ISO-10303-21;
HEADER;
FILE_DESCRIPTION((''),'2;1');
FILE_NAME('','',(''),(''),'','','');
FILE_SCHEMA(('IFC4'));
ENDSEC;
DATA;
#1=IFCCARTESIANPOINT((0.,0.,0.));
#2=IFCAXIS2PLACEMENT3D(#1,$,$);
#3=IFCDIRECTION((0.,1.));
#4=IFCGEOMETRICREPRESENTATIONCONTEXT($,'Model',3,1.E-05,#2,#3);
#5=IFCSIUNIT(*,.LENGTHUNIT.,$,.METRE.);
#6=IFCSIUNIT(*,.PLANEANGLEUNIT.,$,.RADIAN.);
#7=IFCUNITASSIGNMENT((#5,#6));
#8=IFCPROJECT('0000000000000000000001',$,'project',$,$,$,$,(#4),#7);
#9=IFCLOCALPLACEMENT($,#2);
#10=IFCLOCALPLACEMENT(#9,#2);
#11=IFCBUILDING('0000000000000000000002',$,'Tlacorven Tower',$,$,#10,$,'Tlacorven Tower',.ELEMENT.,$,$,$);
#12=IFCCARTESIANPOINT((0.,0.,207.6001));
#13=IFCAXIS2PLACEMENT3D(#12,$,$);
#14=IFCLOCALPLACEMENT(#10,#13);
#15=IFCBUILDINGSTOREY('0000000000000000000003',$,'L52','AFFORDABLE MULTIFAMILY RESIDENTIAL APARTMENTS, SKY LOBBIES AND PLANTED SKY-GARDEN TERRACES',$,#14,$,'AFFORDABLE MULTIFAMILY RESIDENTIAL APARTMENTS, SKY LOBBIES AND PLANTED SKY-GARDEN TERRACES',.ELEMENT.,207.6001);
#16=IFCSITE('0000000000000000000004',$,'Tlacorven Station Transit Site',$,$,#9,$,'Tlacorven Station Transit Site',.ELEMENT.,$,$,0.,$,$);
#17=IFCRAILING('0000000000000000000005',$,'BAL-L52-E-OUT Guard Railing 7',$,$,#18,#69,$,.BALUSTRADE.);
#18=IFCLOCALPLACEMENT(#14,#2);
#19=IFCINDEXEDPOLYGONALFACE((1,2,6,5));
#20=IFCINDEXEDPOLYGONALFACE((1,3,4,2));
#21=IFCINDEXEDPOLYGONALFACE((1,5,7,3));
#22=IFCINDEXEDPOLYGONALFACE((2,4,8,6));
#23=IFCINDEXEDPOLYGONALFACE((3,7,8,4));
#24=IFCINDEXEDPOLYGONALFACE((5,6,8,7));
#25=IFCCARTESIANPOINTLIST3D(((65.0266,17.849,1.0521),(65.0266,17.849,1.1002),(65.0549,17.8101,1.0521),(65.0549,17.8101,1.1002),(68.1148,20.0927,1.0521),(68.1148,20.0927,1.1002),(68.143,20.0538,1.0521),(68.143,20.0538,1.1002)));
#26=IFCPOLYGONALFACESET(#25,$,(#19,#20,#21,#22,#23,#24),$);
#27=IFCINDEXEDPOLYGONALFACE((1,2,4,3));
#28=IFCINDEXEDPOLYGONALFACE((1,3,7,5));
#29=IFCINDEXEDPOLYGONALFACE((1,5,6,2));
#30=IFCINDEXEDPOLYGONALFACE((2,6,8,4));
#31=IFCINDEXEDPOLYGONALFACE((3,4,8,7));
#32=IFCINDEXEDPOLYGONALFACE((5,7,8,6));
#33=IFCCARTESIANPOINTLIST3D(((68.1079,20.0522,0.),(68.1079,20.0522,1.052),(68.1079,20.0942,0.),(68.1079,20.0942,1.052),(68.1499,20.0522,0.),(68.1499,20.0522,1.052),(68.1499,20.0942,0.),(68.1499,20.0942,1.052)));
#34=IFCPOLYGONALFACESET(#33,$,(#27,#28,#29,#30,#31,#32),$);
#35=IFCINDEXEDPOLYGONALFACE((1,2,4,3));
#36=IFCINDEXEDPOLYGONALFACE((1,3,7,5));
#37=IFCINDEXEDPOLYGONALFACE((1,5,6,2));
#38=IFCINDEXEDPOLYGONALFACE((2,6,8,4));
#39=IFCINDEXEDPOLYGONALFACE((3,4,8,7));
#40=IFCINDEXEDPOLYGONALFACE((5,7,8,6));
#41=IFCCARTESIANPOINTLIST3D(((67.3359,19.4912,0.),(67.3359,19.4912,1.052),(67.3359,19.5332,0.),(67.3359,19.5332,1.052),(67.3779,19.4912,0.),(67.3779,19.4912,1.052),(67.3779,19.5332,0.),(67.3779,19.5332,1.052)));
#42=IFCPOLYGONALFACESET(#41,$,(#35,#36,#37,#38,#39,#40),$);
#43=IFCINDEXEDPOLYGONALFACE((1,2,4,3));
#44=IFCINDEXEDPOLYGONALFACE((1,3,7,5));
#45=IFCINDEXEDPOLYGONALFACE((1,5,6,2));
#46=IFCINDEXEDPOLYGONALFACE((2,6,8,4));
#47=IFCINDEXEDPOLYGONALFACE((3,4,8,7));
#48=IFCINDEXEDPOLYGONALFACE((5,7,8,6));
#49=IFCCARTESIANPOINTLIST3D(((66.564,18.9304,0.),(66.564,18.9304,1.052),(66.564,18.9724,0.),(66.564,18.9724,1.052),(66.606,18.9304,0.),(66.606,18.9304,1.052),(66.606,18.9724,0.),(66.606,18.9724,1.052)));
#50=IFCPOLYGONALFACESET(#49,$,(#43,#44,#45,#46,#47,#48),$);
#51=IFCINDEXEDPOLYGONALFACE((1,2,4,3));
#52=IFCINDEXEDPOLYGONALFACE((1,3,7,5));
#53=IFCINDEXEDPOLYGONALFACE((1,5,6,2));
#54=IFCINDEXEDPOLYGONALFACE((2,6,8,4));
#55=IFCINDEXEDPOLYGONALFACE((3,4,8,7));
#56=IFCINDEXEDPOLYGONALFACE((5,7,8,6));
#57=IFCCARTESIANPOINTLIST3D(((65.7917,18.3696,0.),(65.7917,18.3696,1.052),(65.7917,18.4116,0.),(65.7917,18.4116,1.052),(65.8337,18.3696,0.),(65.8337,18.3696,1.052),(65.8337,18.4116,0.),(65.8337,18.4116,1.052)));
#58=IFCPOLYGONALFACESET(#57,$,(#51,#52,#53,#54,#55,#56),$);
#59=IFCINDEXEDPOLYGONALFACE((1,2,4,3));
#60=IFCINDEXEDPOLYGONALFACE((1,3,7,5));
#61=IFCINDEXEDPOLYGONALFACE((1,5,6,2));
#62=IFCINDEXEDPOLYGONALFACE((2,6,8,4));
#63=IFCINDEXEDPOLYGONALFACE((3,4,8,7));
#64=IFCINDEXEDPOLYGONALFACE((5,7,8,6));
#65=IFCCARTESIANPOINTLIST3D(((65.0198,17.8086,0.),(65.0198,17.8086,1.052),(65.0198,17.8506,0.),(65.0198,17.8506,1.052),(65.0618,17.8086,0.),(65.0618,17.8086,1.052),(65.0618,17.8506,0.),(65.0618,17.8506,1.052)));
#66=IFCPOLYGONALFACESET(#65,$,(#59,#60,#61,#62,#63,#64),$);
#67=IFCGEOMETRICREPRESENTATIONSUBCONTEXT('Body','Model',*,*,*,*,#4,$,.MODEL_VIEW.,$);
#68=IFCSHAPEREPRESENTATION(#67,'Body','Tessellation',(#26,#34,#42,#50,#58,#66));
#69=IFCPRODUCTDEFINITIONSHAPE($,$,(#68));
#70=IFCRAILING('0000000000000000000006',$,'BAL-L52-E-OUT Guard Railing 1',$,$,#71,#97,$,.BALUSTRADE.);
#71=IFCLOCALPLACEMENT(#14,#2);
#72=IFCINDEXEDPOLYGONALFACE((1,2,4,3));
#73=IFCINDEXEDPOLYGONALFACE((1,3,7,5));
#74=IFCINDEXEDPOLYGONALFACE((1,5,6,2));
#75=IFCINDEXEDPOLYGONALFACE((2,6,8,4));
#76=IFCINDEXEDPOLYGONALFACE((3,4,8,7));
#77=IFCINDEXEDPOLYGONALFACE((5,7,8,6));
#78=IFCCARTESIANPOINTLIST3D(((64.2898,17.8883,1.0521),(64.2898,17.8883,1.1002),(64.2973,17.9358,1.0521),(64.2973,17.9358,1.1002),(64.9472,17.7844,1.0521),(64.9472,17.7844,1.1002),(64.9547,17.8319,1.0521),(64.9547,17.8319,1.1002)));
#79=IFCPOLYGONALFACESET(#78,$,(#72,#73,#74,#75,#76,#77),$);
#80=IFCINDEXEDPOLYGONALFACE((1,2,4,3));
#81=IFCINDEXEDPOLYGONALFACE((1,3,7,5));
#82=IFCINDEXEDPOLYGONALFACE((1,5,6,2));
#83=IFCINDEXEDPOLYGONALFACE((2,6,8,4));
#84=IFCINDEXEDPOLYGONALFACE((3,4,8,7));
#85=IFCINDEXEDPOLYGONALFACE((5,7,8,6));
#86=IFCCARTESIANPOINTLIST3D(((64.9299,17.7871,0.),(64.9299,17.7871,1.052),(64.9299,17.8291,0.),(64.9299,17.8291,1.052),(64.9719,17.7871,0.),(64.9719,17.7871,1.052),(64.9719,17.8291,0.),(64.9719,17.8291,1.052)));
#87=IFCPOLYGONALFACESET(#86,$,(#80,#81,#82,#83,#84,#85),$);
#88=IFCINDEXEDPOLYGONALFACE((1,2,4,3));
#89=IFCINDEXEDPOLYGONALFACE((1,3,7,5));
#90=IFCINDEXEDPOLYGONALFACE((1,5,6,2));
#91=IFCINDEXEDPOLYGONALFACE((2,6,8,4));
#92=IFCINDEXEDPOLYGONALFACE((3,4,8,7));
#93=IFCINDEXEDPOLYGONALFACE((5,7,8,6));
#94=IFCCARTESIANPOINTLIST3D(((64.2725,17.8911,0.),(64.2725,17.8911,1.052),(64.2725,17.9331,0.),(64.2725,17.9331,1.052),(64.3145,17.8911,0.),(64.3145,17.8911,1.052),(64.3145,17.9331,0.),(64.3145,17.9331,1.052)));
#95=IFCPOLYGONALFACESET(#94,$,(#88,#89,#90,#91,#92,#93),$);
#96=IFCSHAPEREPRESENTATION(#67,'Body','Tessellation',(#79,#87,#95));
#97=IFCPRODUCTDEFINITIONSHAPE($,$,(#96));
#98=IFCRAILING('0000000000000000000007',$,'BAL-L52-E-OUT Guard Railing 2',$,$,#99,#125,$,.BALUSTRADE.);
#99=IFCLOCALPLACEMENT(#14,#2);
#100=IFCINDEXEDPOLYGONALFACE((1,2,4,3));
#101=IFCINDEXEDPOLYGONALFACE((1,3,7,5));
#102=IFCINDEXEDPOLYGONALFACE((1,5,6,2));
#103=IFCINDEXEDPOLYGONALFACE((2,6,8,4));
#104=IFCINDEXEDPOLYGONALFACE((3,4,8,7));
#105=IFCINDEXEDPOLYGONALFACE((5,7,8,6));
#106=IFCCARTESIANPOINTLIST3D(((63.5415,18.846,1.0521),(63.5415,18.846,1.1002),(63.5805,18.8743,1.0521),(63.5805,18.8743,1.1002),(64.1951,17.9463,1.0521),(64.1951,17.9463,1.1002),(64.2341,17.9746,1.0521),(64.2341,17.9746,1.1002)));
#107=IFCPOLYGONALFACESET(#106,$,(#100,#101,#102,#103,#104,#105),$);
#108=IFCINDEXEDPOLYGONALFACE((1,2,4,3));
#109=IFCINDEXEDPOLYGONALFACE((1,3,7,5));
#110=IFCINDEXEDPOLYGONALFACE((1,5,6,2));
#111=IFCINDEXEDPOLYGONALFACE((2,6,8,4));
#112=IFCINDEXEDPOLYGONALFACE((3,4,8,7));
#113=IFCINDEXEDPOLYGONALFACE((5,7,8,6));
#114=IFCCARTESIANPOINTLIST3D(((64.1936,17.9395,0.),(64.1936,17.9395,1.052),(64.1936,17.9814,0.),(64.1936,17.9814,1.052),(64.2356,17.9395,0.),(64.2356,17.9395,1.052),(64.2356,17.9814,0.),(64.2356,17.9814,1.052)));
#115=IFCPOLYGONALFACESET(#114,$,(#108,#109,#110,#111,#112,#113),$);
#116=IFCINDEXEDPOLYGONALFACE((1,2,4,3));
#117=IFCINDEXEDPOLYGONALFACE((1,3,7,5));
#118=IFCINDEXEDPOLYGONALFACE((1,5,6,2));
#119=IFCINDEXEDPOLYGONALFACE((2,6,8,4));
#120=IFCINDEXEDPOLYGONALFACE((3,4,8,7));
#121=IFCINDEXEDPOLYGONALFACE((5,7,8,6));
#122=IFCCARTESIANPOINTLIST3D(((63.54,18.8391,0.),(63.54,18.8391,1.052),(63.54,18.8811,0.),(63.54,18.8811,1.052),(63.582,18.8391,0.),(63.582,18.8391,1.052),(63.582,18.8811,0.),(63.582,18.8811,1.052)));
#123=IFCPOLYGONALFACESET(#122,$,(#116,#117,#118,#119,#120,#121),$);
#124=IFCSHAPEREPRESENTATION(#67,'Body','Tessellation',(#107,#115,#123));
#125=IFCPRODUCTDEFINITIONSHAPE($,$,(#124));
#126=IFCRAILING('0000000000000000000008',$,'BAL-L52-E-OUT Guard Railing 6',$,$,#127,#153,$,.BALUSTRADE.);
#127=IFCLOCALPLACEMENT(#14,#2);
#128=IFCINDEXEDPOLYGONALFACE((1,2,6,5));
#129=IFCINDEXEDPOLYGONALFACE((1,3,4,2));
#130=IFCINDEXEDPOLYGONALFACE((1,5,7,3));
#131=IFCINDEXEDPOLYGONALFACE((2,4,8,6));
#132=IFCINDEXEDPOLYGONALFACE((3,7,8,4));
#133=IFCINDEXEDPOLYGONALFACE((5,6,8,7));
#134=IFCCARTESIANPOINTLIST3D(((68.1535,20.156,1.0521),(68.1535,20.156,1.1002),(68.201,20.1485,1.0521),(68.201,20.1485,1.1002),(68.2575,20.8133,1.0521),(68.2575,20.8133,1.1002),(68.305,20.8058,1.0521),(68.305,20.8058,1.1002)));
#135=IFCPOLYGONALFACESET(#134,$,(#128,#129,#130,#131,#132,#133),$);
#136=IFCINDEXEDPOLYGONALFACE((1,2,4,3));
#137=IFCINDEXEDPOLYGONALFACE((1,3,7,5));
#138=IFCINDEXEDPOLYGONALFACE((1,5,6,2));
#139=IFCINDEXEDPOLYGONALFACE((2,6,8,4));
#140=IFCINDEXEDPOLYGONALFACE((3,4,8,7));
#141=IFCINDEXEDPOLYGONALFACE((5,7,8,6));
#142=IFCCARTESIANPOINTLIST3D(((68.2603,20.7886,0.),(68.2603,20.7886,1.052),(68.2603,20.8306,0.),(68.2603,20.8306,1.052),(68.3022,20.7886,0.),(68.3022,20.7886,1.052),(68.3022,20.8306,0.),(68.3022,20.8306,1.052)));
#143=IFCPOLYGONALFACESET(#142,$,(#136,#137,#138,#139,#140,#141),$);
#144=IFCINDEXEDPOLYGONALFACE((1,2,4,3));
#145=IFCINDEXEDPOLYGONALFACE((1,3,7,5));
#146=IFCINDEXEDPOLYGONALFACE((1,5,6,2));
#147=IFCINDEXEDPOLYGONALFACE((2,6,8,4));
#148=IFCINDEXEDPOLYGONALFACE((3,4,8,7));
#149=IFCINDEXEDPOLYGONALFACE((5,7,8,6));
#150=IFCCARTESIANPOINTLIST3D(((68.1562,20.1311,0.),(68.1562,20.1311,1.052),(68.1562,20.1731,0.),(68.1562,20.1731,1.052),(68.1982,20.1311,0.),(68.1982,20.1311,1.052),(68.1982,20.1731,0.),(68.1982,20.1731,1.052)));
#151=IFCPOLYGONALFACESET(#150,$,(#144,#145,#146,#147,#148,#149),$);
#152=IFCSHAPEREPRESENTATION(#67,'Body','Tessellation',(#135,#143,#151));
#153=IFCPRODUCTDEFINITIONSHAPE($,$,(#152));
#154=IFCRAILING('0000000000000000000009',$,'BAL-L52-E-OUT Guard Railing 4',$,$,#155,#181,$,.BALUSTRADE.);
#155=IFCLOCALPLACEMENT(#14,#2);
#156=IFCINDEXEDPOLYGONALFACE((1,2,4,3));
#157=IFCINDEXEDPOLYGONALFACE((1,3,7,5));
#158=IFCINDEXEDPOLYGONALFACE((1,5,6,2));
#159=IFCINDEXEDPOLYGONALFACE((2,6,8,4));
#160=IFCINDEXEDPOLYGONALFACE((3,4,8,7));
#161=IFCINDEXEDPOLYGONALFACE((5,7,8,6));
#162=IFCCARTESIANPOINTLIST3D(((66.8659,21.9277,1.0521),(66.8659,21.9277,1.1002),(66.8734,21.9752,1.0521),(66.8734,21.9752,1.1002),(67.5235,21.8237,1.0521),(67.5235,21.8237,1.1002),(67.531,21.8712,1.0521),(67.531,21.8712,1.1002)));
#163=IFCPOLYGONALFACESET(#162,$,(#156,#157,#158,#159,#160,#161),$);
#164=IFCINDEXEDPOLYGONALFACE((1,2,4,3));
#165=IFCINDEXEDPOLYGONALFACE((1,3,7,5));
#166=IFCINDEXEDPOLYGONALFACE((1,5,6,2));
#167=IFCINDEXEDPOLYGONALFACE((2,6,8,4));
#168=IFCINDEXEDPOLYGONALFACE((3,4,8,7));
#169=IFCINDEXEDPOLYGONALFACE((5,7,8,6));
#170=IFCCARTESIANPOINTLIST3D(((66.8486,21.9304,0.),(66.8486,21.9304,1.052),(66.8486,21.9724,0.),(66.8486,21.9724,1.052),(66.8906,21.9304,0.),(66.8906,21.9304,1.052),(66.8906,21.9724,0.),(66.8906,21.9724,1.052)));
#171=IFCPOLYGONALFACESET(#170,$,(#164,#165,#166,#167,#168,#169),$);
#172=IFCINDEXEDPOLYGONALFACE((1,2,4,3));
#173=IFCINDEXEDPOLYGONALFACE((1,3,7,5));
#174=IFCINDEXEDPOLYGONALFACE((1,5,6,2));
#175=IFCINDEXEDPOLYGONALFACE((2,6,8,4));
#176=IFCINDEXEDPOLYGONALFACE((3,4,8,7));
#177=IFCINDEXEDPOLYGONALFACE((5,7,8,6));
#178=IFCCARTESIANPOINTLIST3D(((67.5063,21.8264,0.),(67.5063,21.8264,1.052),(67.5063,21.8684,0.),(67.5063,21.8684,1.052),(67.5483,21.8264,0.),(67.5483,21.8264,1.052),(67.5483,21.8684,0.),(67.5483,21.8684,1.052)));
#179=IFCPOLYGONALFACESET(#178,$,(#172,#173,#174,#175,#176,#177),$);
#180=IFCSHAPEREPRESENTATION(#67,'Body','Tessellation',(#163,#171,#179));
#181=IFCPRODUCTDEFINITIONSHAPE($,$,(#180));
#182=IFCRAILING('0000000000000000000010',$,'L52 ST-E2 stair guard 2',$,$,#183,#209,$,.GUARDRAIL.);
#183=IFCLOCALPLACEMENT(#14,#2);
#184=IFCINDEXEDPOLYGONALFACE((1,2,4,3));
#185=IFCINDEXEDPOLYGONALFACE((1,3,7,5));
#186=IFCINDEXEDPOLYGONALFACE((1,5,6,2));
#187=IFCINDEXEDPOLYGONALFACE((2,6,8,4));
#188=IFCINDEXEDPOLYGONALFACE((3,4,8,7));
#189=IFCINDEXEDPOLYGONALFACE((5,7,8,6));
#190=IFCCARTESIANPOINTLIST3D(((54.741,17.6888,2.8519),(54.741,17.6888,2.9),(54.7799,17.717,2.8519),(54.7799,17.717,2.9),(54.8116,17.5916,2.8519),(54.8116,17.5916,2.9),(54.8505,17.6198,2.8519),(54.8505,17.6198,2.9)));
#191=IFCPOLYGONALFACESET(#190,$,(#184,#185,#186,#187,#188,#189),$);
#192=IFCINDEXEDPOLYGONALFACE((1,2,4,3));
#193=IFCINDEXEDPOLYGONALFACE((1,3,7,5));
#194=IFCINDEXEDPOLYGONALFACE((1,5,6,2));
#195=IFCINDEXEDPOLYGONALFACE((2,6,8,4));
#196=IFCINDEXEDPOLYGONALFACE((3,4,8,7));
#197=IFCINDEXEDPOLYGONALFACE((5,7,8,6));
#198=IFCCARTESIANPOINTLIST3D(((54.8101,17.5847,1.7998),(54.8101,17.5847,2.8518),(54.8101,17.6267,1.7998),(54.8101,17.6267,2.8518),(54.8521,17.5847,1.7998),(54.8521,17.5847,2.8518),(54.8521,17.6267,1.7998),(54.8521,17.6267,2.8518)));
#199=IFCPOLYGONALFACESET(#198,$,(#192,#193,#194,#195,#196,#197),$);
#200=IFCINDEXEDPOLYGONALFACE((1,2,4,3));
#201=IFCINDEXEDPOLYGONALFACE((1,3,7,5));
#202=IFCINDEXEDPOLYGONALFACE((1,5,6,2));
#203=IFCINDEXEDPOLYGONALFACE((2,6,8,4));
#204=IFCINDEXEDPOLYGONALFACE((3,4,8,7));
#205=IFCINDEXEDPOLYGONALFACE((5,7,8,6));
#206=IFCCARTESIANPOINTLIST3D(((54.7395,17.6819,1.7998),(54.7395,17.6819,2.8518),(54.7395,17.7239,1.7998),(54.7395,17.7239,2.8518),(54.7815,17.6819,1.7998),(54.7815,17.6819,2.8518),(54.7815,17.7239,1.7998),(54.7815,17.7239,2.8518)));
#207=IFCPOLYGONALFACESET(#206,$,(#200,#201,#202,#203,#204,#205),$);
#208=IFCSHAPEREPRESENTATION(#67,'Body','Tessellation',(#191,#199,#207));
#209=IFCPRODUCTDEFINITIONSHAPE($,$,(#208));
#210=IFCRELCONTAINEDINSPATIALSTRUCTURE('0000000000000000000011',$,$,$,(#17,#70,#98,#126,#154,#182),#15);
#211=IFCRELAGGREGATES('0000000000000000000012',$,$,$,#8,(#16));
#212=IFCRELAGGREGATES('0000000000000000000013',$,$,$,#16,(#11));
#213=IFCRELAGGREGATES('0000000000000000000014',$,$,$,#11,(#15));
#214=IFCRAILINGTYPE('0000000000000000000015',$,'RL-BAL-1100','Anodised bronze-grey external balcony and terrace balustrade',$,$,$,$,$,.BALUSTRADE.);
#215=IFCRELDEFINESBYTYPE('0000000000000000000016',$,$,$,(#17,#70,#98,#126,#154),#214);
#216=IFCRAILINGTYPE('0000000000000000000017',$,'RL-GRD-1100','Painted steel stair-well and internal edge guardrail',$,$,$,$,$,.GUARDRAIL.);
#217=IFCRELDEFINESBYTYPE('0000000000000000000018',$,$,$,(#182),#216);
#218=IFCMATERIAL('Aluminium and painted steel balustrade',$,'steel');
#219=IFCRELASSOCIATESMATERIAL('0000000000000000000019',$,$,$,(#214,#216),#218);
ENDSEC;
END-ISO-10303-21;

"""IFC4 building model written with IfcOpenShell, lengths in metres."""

from ifc_helpers import new_model, si_unit, direction, frame, origin, origin_2d, place, context, subcontext, project, spatial, rectangle, extrude, source, transform, mapped, material, type_object, element, save


model = new_model("IFC4")

# Units and contexts
model_context = context("Model", 3, precision=1e-05, world=origin(), true_north=direction((0.0, 1.0)))
body_context = subcontext(model_context, "Body", "Model", "MODEL_VIEW")
ifc_project = project(units=[si_unit("LENGTHUNIT", "METRE"), si_unit("PLANEANGLEUNIT", "RADIAN")], contexts=[model_context])

# Site, building, storey
site_placement = place(None, origin())
site = spatial("IfcSite", under=ifc_project, at=site_placement, Name="Tlacorven Station Transit Site", LongName="Tlacorven Station Transit Site", CompositionType="ELEMENT", RefElevation=0.0)
building_placement = place(site_placement, origin())
building = spatial("IfcBuilding", under=site, at=building_placement, Name="Tlacorven Tower", LongName="Tlacorven Tower", CompositionType="ELEMENT")
storey_placement = place(building_placement, frame((0.0, 0.0, 207.6001)))
storey = spatial("IfcBuildingStorey", under=building, at=storey_placement, Name="L52", Description="AFFORDABLE MULTIFAMILY RESIDENTIAL APARTMENTS, SKY LOBBIES AND PLANTED SKY-GARDEN TERRACES", LongName="AFFORDABLE MULTIFAMILY RESIDENTIAL APARTMENTS, SKY LOBBIES AND PLANTED SKY-GARDEN TERRACES", CompositionType="ELEMENT", Elevation=207.6001)

# Railings
ifc_material_1 = material(Name="Aluminium and painted steel balustrade", Category="steel")
railing_type_1 = type_object("IfcRailingType", Name="RL-BAL-1100", Description="Anodised bronze-grey external balcony and terrace balustrade", PredefinedType="BALUSTRADE", material=ifc_material_1)
shared_shape_1 = source(origin(), body_context, "Body", "SweptSolid", [
    extrude(rectangle(XDim=0.0481, YDim=0.0481, at=origin_2d()), frame((0.0, 0.0, 1.0762), z_axis=(-0.809018, -0.587784, 0.0), x_axis=(0.587784, -0.809018, 0.0)), (0.0, 0.0, 1.0), 3.8171),
    extrude(rectangle(XDim=0.042, YDim=0.042, at=origin_2d()), origin(), (0.0, 0.0, 1.0), 1.052),
    extrude(rectangle(XDim=0.042, YDim=0.042, at=origin_2d()), frame((-0.772, -0.561, 0.0)), (0.0, 0.0, 1.0), 1.052),
    extrude(rectangle(XDim=0.042, YDim=0.042, at=origin_2d()), frame((-1.5439, -1.1218, 0.0)), (0.0, 0.0, 1.0), 1.052),
    extrude(rectangle(XDim=0.042, YDim=0.042, at=origin_2d()), frame((-2.3162, -1.6826, 0.0)), (0.0, 0.0, 1.0), 1.052),
    extrude(rectangle(XDim=0.042, YDim=0.042, at=origin_2d()), frame((-3.0881, -2.2437, 0.0)), (0.0, 0.0, 1.0), 1.052),
])
railing_1_placement = place(storey_placement, frame((68.1289, 20.0732, 0.0)))
element("IfcRailing", 1, at=railing_1_placement, inside=storey, type_object=railing_type_1, Name="BAL-L52-E-OUT Guard Railing 7", PredefinedType="BALUSTRADE", context=body_context, shape_type="MappedRepresentation", body=[
    mapped(shared_shape_1, transform((0.0, 0.0, 0.0), scale=1.0)),
])
shared_shape_2 = source(origin(), body_context, "Body", "SweptSolid", [
    extrude(rectangle(XDim=0.0481, YDim=0.0481, at=origin_2d()), frame((0.0, 0.0, 1.0762), z_axis=(-0.987718, 0.156245, 0.0), x_axis=(-0.156245, -0.987718, 0.0)), (0.0, 0.0, 1.0), 0.6655),
    extrude(rectangle(XDim=0.042, YDim=0.042, at=origin_2d()), origin(), (0.0, 0.0, 1.0), 1.052),
    extrude(rectangle(XDim=0.042, YDim=0.042, at=origin_2d()), frame((-0.6575, 0.104, 0.0)), (0.0, 0.0, 1.0), 1.052),
])
railing_2_placement = place(storey_placement, frame((64.9509, 17.8081, 0.0)))
element("IfcRailing", 2, at=railing_2_placement, inside=storey, type_object=railing_type_1, Name="BAL-L52-E-OUT Guard Railing 1", PredefinedType="BALUSTRADE", context=body_context, shape_type="MappedRepresentation", body=[
    mapped(shared_shape_2, transform((0.0, 0.0, 0.0), scale=1.0)),
])
shared_shape_3 = source(origin(), body_context, "Body", "SweptSolid", [
    extrude(rectangle(XDim=0.0481, YDim=0.0481, at=origin_2d()), frame((0.0, 0.0, 1.0762), z_axis=(-0.587741, 0.809049, 0.0), x_axis=(-0.809049, -0.587741, 0.0)), (0.0, 0.0, 1.0), 1.1121),
    extrude(rectangle(XDim=0.042, YDim=0.042, at=origin_2d()), origin(), (0.0, 0.0, 1.0), 1.052),
    extrude(rectangle(XDim=0.042, YDim=0.042, at=origin_2d()), frame((-0.6536, 0.8997, 0.0)), (0.0, 0.0, 1.0), 1.052),
])
railing_3_placement = place(storey_placement, frame((64.2146, 17.9604, 0.0)))
element("IfcRailing", 3, at=railing_3_placement, inside=storey, type_object=railing_type_1, Name="BAL-L52-E-OUT Guard Railing 2", PredefinedType="BALUSTRADE", context=body_context, shape_type="MappedRepresentation", body=[
    mapped(shared_shape_3, transform((0.0, 0.0, 0.0), scale=1.0)),
])
shared_shape_4 = source(origin(), body_context, "Body", "SweptSolid", [
    extrude(rectangle(XDim=0.0481, YDim=0.0481, at=origin_2d()), frame((0.0, 0.0, 1.0762), z_axis=(-0.156245, -0.987718, 0.0), x_axis=(0.987718, -0.156245, 0.0)), (0.0, 0.0, 1.0), 0.6655),
    extrude(rectangle(XDim=0.042, YDim=0.042, at=origin_2d()), origin(), (0.0, 0.0, 1.0), 1.052),
    extrude(rectangle(XDim=0.042, YDim=0.042, at=origin_2d()), frame((-0.104, -0.6575, 0.0)), (0.0, 0.0, 1.0), 1.052),
])
railing_4_placement = place(storey_placement, frame((68.2812, 20.8096, 0.0)))
element("IfcRailing", 4, at=railing_4_placement, inside=storey, type_object=railing_type_1, Name="BAL-L52-E-OUT Guard Railing 6", PredefinedType="BALUSTRADE", context=body_context, shape_type="MappedRepresentation", body=[
    mapped(shared_shape_4, transform((0.0, 0.0, 0.0), scale=1.0)),
])
shared_shape_5 = source(origin(), body_context, "Body", "SweptSolid", [
    extrude(rectangle(XDim=0.0481, YDim=0.0481, at=origin_2d()), frame((0.0, 0.0, 1.0762), z_axis=(0.987727, -0.156188, 0.0), x_axis=(0.156188, 0.987727, 0.0)), (0.0, 0.0, 1.0), 0.6658),
    extrude(rectangle(XDim=0.042, YDim=0.042, at=origin_2d()), origin(), (0.0, 0.0, 1.0), 1.052),
    extrude(rectangle(XDim=0.042, YDim=0.042, at=origin_2d()), frame((0.6577, -0.104, 0.0)), (0.0, 0.0, 1.0), 1.052),
])
railing_5_placement = place(storey_placement, frame((66.8696, 21.9514, 0.0)))
element("IfcRailing", 5, at=railing_5_placement, inside=storey, type_object=railing_type_1, Name="BAL-L52-E-OUT Guard Railing 4", PredefinedType="BALUSTRADE", context=body_context, shape_type="MappedRepresentation", body=[
    mapped(shared_shape_5, transform((0.0, 0.0, 0.0), scale=1.0)),
])
railing_type_2 = type_object("IfcRailingType", Name="RL-GRD-1100", Description="Painted steel stair-well and internal edge guardrail", PredefinedType="GUARDRAIL", material=ifc_material_1)
shared_shape_6 = source(origin(), body_context, "Body", "SweptSolid", [
    extrude(rectangle(XDim=0.0481, YDim=0.0481, at=origin_2d()), frame((0.0, 0.0, 1.0762), z_axis=(-0.587567, 0.809175, 0.0), x_axis=(-0.809175, -0.587567, 0.0)), (0.0, 0.0, 1.0), 0.1201),
    extrude(rectangle(XDim=0.042, YDim=0.042, at=origin_2d()), origin(), (0.0, 0.0, 1.0), 1.052),
    extrude(rectangle(XDim=0.042, YDim=0.042, at=origin_2d()), frame((-0.0706, 0.0972, 0.0)), (0.0, 0.0, 1.0), 1.052),
])
railing_6_placement = place(storey_placement, frame((54.8311, 17.6057, 1.7998)))
element("IfcRailing", 6, at=railing_6_placement, inside=storey, type_object=railing_type_2, Name="L52 ST-E2 stair guard 2", PredefinedType="GUARDRAIL", context=body_context, shape_type="MappedRepresentation", body=[
    mapped(shared_shape_6, transform((0.0, 0.0, 0.0), scale=1.0)),
])

save(model, "model.ifc")
